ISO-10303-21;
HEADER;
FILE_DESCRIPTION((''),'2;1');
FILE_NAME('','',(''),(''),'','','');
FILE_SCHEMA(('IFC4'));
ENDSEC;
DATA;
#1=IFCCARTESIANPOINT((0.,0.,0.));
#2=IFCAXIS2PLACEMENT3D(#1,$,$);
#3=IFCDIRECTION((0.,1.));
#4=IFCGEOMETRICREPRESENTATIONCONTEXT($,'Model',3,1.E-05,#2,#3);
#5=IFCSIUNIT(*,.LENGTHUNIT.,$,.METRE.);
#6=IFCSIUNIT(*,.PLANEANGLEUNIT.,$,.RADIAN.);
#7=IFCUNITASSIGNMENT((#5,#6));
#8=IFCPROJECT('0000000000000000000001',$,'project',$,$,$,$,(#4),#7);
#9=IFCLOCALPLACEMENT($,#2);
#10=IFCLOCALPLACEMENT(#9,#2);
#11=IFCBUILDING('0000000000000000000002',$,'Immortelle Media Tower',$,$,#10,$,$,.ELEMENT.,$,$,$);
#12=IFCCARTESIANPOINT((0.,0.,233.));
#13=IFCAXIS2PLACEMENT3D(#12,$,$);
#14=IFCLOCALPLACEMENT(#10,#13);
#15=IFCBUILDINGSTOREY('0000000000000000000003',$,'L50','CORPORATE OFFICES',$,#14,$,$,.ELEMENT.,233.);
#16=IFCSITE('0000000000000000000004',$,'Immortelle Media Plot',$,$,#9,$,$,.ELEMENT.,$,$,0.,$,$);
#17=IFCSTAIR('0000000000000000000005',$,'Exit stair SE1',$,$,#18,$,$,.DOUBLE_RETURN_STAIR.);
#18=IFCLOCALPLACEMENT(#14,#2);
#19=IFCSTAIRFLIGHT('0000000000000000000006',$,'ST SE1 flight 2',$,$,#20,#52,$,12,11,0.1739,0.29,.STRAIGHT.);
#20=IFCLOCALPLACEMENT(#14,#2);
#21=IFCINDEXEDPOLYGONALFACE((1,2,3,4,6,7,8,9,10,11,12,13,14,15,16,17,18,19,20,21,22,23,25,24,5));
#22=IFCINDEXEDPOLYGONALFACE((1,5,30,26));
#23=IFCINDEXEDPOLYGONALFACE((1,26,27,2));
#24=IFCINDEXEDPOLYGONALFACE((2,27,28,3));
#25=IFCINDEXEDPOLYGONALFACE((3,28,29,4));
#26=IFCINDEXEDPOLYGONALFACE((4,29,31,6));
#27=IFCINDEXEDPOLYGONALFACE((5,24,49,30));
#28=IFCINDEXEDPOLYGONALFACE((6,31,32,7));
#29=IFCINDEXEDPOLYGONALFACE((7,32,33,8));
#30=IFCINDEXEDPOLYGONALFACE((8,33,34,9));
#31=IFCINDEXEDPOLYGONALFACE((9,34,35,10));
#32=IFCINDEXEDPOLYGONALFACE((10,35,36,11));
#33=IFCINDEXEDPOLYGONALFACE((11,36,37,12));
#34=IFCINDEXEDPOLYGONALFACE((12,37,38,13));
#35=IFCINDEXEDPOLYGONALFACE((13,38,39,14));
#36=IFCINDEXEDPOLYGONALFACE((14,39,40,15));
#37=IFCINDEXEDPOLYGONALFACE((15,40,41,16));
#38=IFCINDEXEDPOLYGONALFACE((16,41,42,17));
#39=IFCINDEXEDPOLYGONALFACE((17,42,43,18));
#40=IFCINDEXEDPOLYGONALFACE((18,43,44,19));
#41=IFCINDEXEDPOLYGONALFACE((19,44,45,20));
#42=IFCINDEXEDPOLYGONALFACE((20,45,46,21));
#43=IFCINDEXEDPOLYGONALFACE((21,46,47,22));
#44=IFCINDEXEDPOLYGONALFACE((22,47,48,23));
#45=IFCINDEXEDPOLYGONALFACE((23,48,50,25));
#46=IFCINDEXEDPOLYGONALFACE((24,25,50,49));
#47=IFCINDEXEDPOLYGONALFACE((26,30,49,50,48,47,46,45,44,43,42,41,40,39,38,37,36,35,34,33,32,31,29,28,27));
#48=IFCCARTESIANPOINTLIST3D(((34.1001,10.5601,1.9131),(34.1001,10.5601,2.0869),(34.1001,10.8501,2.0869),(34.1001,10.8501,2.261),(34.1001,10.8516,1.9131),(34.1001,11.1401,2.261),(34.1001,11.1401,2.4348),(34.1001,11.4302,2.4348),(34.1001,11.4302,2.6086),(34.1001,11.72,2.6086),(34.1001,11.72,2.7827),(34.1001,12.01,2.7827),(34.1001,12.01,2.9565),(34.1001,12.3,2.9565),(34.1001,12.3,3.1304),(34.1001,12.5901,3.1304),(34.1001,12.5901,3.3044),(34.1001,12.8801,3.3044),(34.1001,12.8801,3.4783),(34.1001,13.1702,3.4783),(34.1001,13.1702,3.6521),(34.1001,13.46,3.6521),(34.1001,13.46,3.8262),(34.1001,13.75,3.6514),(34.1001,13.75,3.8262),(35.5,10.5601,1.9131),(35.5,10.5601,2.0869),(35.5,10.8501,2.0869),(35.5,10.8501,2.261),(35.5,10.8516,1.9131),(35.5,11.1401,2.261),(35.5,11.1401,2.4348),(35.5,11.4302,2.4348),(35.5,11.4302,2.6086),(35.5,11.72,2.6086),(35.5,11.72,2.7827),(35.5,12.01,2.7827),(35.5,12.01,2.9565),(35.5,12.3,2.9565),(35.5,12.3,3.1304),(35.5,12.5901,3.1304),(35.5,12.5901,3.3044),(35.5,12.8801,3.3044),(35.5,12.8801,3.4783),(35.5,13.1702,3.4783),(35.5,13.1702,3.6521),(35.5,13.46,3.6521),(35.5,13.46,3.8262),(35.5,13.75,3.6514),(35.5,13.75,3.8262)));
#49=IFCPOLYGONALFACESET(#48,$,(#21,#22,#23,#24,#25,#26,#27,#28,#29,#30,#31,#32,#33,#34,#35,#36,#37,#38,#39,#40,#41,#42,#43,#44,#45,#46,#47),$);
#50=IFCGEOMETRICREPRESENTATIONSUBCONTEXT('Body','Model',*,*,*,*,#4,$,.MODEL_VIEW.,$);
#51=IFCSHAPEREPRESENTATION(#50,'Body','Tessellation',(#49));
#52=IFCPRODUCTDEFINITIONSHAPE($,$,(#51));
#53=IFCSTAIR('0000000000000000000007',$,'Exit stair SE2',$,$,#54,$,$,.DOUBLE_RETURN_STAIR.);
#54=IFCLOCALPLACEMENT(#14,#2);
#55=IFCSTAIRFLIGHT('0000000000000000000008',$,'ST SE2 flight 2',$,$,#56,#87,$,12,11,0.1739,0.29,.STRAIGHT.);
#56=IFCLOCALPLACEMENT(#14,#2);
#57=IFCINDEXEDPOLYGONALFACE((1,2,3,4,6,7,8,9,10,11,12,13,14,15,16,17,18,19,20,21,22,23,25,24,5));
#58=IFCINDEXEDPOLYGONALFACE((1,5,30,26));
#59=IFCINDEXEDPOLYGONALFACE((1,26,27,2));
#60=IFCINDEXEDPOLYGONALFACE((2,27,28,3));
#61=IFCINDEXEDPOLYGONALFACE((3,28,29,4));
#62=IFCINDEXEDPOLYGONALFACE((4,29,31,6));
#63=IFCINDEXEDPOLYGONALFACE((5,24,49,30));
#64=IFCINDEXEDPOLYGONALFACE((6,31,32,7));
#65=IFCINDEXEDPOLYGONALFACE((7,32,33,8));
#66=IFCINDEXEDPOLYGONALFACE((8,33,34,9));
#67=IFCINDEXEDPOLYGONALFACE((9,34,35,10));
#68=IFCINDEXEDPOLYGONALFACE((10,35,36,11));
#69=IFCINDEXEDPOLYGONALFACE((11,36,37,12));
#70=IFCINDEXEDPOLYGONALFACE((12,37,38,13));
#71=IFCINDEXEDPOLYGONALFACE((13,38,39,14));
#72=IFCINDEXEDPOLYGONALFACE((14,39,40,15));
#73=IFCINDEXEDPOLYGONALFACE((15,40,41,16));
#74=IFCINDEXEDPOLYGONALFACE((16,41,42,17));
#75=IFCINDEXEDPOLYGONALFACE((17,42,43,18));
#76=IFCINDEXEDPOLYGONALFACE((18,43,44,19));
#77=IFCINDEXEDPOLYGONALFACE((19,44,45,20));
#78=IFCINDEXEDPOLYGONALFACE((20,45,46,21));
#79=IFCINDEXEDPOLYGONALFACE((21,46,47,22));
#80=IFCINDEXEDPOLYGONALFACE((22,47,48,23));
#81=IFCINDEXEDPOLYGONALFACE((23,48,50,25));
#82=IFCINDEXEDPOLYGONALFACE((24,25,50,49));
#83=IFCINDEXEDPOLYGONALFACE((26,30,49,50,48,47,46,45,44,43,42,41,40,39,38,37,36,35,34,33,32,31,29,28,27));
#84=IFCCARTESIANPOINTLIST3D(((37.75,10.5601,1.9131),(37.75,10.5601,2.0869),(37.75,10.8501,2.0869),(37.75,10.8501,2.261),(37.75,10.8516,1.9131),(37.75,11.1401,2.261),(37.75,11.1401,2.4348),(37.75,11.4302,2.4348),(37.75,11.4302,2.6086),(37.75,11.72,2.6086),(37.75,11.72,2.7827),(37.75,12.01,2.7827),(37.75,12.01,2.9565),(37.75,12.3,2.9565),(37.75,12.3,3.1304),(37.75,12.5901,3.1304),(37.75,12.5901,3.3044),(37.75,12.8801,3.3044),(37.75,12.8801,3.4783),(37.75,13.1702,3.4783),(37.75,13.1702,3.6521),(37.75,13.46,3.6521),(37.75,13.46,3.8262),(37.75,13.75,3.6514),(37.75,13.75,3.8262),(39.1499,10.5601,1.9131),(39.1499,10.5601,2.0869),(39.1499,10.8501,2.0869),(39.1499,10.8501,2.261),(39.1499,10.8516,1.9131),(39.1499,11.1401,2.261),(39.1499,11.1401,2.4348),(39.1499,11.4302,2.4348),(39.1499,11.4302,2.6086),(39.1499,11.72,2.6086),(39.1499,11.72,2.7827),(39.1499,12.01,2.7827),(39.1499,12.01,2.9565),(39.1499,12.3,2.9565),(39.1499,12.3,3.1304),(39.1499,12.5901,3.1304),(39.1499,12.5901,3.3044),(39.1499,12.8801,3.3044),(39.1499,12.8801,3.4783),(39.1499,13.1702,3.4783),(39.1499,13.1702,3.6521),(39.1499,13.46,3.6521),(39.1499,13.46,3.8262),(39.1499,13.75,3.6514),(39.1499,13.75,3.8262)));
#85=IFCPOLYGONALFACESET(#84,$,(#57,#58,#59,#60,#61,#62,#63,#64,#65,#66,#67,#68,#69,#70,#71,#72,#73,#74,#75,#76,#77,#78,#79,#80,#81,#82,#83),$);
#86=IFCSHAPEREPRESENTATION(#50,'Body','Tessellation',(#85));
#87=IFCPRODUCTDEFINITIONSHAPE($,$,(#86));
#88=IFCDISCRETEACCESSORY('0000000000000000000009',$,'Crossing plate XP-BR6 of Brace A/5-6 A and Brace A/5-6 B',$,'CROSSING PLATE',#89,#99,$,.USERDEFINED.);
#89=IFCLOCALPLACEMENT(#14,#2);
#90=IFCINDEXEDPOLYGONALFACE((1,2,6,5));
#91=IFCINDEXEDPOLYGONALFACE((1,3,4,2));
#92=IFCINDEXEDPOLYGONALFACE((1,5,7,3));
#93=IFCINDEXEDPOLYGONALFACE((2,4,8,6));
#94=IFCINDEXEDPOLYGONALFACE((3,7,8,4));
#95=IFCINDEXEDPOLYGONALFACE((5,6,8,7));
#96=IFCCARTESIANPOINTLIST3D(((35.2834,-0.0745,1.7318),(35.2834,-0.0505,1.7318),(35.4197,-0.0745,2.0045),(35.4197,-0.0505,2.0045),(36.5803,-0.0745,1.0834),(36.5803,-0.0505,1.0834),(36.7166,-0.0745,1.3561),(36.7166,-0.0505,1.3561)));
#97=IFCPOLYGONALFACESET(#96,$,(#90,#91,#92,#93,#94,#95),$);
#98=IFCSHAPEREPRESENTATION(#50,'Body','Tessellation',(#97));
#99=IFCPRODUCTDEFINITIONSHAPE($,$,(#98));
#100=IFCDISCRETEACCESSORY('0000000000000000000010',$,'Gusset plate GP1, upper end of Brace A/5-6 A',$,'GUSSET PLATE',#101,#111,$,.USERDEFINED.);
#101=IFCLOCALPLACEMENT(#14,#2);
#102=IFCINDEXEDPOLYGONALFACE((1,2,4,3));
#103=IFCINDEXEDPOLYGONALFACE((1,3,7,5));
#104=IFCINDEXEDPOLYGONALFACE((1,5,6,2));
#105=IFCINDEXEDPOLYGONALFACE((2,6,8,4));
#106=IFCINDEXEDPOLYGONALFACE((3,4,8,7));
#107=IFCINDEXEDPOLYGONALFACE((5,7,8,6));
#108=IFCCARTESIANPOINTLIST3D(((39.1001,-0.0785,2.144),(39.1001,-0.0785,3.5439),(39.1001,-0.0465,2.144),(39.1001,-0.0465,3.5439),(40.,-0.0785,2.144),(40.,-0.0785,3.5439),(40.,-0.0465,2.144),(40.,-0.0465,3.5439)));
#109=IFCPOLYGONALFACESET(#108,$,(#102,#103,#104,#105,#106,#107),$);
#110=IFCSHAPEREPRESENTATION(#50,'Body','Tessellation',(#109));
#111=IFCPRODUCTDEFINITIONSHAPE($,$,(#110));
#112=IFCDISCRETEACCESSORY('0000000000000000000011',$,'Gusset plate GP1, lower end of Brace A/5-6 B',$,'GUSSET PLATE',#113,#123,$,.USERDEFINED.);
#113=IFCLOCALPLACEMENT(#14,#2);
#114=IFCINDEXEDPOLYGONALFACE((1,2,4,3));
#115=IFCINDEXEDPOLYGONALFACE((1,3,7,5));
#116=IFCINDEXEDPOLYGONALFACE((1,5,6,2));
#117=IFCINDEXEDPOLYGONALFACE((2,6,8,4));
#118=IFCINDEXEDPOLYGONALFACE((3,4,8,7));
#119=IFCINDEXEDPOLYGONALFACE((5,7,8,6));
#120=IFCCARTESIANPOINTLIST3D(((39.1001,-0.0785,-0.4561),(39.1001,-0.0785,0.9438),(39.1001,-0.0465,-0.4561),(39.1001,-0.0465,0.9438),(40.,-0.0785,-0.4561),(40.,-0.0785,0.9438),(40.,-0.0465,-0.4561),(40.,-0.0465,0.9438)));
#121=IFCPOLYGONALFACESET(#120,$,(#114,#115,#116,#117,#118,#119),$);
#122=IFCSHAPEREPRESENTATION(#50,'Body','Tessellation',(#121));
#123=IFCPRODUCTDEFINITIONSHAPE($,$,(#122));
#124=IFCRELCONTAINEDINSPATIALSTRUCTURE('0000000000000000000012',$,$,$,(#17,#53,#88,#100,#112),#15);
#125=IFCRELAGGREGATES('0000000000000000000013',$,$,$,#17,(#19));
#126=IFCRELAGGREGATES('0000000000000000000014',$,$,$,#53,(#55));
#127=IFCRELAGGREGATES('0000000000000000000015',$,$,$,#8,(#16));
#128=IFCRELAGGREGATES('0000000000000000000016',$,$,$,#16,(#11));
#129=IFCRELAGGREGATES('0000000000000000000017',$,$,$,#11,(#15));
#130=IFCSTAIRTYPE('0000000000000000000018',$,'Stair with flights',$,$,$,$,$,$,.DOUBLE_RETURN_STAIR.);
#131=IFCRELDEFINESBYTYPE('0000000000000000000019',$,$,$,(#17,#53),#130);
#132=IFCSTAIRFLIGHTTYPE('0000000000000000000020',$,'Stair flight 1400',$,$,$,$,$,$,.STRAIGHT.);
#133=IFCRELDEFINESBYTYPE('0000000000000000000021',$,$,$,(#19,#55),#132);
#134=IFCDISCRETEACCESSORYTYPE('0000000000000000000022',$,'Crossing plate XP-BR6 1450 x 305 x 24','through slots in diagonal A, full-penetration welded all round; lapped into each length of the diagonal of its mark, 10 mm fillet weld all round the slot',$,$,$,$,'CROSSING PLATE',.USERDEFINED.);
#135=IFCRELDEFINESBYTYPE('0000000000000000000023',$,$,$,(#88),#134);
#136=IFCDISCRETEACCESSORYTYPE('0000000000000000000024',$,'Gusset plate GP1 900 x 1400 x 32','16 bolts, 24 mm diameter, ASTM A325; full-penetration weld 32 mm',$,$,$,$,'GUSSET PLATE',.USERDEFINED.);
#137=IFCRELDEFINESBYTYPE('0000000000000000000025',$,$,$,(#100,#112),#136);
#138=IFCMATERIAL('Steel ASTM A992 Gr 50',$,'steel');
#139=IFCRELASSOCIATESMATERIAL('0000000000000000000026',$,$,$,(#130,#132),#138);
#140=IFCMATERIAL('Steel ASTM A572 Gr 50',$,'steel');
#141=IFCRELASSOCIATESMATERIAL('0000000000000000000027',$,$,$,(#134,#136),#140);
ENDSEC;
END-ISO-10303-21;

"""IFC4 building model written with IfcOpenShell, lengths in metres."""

from ifc_helpers import new_model, si_unit, direction, frame, origin, origin_2d, place, context, subcontext, project, spatial, polyline, rectangle, outline, extrude, material, material_profile, profile_set, type_object, element, aggregate, save


model = new_model("IFC4")

# Units and contexts
model_context = context("Model", 3, precision=1e-05, world=origin(), true_north=direction((0.0, 1.0)))
body_context = subcontext(model_context, "Body", "Model", "MODEL_VIEW")
ifc_project = project(units=[si_unit("LENGTHUNIT", "METRE"), si_unit("PLANEANGLEUNIT", "RADIAN")], contexts=[model_context])

# Site, building, storey
site_placement = place(None, origin())
site = spatial("IfcSite", under=ifc_project, at=site_placement, Name="Immortelle Media Plot", CompositionType="ELEMENT", RefElevation=0.0)
building_placement = place(site_placement, origin())
building = spatial("IfcBuilding", under=site, at=building_placement, Name="Immortelle Media Tower", CompositionType="ELEMENT")
storey_placement = place(building_placement, frame((0.0, 0.0, 233.0)))
storey = spatial("IfcBuildingStorey", under=building, at=storey_placement, Name="L50", Description="CORPORATE OFFICES", CompositionType="ELEMENT", Elevation=233.0)

# Shared definitions
ifc_material_1 = material(Name="Steel ASTM A992 Gr 50", Category="steel")

# Stair, stair flight
stair_type = type_object("IfcStairType", Name="Stair with flights", PredefinedType="DOUBLE_RETURN_STAIR", material=ifc_material_1)
stair_1_placement = place(storey_placement, origin())
stair_1 = element("IfcStair", 1, at=stair_1_placement, inside=storey, type_object=stair_type, Name="Exit stair SE1", PredefinedType="DOUBLE_RETURN_STAIR")
stair_flight_type = type_object("IfcStairFlightType", Name="Stair flight 1400", PredefinedType="STRAIGHT", material=ifc_material_1)
stair_flight_1_placement = place(storey_placement, frame((34.8, 10.5601, 1.9131), z_axis=(0.0, 0.0, 1.0), x_axis=(0.0, 1.0, 0.0)))
stair_flight_1 = element("IfcStairFlight", 2, at=stair_flight_1_placement, type_object=stair_flight_type, Name="ST SE1 flight 2", NumberOfRisers=12, NumberOfTreads=11, PredefinedType="STRAIGHT", RiserHeight=0.1739, TreadLength=0.29, context=body_context, shape_type="SweptSolid", body=[
    extrude(outline(polyline([(0.0, 0.0), (0.0, 0.1738), (0.29, 0.1738), (0.29, 0.3479), (0.5801, 0.3479), (0.5801, 0.5217), (0.8701, 0.5217), (0.8701, 0.6956), (1.1599, 0.6956), (1.1599, 0.8696), (1.45, 0.8696), (1.45, 1.0435), (1.74, 1.0435), (1.74, 1.2173), (2.03, 1.2173), (2.03, 1.3914), (2.3201, 1.3914), (2.3201, 1.5652), (2.6101, 1.5652), (2.6101, 1.739), (2.8999, 1.739), (2.8999, 1.9131), (3.1899, 1.9131), (3.1899, 2.0869), (3.1899, 1.7383), (0.2915, 0.0), (0.0, 0.0)])), frame((0.0, 0.7, 0.0), z_axis=(0.0, -1.0, 0.0), x_axis=(1.0, 0.0, 0.0)), (0.0, 0.0, 1.0), 1.3999),
])
aggregate(stair_1, [stair_flight_1])

# Stair, stair flight
stair_2_placement = place(storey_placement, origin())
stair_2 = element("IfcStair", 3, at=stair_2_placement, inside=storey, type_object=stair_type, Name="Exit stair SE2", PredefinedType="DOUBLE_RETURN_STAIR")
stair_flight_2_placement = place(storey_placement, frame((38.45, 10.5601, 1.9131), z_axis=(0.0, 0.0, 1.0), x_axis=(0.0, 1.0, 0.0)))
stair_flight_2 = element("IfcStairFlight", 4, at=stair_flight_2_placement, type_object=stair_flight_type, Name="ST SE2 flight 2", NumberOfRisers=12, NumberOfTreads=11, PredefinedType="STRAIGHT", RiserHeight=0.1739, TreadLength=0.29, context=body_context, shape_type="SweptSolid", body=[
    extrude(outline(polyline([(0.0, 0.0), (0.0, 0.1738), (0.29, 0.1738), (0.29, 0.3479), (0.5801, 0.3479), (0.5801, 0.5217), (0.8701, 0.5217), (0.8701, 0.6956), (1.1599, 0.6956), (1.1599, 0.8696), (1.45, 0.8696), (1.45, 1.0435), (1.74, 1.0435), (1.74, 1.2173), (2.03, 1.2173), (2.03, 1.3914), (2.3201, 1.3914), (2.3201, 1.5652), (2.6101, 1.5652), (2.6101, 1.739), (2.8999, 1.739), (2.8999, 1.9131), (3.1899, 1.9131), (3.1899, 2.0869), (3.1899, 1.7383), (0.2915, 0.0), (0.0, 0.0)])), frame((0.0, 0.7, 0.0), z_axis=(0.0, -1.0, 0.0), x_axis=(1.0, 0.0, 0.0)), (0.0, 0.0, 1.0), 1.3999),
])
aggregate(stair_2, [stair_flight_2])

# Discrete accessories
ifc_material_2 = material(Name="Steel ASTM A572 Gr 50", Category="steel")
ifc_material_profile_1 = material_profile(ifc_material_2, rectangle(XDim=0.0239, YDim=0.3049, at=origin_2d()), Name="PL 24 x 305")
ifc_profile_set_1 = profile_set([ifc_material_profile_1], Name="Steel ASTM A572 Gr 50")
discrete_accessory_type_1 = type_object("IfcDiscreteAccessoryType", Name="Crossing plate XP-BR6 1450 x 305 x 24", Description="through slots in diagonal A, full-penetration welded all round; lapped into each length of the diagonal of its mark, 10 mm fillet weld all round the slot", ElementType="CROSSING PLATE", PredefinedType="USERDEFINED", material=ifc_profile_set_1)
discrete_accessory_placement = place(storey_placement, frame((35.3516, -0.0625, 1.8682), z_axis=(0.894427, 0.0, -0.447214), x_axis=(0.0, 1.0, 0.0)))
element("IfcDiscreteAccessory", 5, at=discrete_accessory_placement, inside=storey, type_object=discrete_accessory_type_1, Name="Crossing plate XP-BR6 of Brace A/5-6 A and Brace A/5-6 B", ObjectType="CROSSING PLATE", PredefinedType="USERDEFINED", context=body_context, shape_type="SweptSolid", body=[
    extrude(rectangle(XDim=0.0239, YDim=0.3049, at=origin_2d()), origin(), (0.0, 0.0, 1.0), 1.45),
])
ifc_material_profile_2 = material_profile(ifc_material_2, rectangle(XDim=0.032, YDim=1.3999, at=origin_2d()), Name="PL 32 x 1400")
ifc_profile_set_2 = profile_set([ifc_material_profile_2], Name="Steel ASTM A572 Gr 50")
discrete_accessory_type_2 = type_object("IfcDiscreteAccessoryType", Name="Gusset plate GP1 900 x 1400 x 32", Description="16 bolts, 24 mm diameter, ASTM A325; full-penetration weld 32 mm", ElementType="GUSSET PLATE", PredefinedType="USERDEFINED", material=ifc_profile_set_2)
for number, where, z_axis, x_axis, name in (
    (6, (40.0, -0.0625, 2.844), (-1.0, 0.0, 0.0), (0.0, -1.0, 0.0), "Gusset plate GP1, upper end of Brace A/5-6 A"),
    (7, (40.0, -0.0625, 0.2439), (-1.0, 0.0, 0.0), (0.0, -1.0, 0.0), "Gusset plate GP1, lower end of Brace A/5-6 B"),
):
    element("IfcDiscreteAccessory", number, at=place(storey_placement, frame(where, z_axis=z_axis, x_axis=x_axis)), inside=storey, type_object=discrete_accessory_type_2, Name=name, ObjectType="GUSSET PLATE", PredefinedType="USERDEFINED", context=body_context, shape_type="SweptSolid", body=[
        extrude(rectangle(XDim=0.032, YDim=1.3999, at=origin_2d()), origin(), (0.0, 0.0, 1.0), 0.8999),
    ])

save(model, "model.ifc")
